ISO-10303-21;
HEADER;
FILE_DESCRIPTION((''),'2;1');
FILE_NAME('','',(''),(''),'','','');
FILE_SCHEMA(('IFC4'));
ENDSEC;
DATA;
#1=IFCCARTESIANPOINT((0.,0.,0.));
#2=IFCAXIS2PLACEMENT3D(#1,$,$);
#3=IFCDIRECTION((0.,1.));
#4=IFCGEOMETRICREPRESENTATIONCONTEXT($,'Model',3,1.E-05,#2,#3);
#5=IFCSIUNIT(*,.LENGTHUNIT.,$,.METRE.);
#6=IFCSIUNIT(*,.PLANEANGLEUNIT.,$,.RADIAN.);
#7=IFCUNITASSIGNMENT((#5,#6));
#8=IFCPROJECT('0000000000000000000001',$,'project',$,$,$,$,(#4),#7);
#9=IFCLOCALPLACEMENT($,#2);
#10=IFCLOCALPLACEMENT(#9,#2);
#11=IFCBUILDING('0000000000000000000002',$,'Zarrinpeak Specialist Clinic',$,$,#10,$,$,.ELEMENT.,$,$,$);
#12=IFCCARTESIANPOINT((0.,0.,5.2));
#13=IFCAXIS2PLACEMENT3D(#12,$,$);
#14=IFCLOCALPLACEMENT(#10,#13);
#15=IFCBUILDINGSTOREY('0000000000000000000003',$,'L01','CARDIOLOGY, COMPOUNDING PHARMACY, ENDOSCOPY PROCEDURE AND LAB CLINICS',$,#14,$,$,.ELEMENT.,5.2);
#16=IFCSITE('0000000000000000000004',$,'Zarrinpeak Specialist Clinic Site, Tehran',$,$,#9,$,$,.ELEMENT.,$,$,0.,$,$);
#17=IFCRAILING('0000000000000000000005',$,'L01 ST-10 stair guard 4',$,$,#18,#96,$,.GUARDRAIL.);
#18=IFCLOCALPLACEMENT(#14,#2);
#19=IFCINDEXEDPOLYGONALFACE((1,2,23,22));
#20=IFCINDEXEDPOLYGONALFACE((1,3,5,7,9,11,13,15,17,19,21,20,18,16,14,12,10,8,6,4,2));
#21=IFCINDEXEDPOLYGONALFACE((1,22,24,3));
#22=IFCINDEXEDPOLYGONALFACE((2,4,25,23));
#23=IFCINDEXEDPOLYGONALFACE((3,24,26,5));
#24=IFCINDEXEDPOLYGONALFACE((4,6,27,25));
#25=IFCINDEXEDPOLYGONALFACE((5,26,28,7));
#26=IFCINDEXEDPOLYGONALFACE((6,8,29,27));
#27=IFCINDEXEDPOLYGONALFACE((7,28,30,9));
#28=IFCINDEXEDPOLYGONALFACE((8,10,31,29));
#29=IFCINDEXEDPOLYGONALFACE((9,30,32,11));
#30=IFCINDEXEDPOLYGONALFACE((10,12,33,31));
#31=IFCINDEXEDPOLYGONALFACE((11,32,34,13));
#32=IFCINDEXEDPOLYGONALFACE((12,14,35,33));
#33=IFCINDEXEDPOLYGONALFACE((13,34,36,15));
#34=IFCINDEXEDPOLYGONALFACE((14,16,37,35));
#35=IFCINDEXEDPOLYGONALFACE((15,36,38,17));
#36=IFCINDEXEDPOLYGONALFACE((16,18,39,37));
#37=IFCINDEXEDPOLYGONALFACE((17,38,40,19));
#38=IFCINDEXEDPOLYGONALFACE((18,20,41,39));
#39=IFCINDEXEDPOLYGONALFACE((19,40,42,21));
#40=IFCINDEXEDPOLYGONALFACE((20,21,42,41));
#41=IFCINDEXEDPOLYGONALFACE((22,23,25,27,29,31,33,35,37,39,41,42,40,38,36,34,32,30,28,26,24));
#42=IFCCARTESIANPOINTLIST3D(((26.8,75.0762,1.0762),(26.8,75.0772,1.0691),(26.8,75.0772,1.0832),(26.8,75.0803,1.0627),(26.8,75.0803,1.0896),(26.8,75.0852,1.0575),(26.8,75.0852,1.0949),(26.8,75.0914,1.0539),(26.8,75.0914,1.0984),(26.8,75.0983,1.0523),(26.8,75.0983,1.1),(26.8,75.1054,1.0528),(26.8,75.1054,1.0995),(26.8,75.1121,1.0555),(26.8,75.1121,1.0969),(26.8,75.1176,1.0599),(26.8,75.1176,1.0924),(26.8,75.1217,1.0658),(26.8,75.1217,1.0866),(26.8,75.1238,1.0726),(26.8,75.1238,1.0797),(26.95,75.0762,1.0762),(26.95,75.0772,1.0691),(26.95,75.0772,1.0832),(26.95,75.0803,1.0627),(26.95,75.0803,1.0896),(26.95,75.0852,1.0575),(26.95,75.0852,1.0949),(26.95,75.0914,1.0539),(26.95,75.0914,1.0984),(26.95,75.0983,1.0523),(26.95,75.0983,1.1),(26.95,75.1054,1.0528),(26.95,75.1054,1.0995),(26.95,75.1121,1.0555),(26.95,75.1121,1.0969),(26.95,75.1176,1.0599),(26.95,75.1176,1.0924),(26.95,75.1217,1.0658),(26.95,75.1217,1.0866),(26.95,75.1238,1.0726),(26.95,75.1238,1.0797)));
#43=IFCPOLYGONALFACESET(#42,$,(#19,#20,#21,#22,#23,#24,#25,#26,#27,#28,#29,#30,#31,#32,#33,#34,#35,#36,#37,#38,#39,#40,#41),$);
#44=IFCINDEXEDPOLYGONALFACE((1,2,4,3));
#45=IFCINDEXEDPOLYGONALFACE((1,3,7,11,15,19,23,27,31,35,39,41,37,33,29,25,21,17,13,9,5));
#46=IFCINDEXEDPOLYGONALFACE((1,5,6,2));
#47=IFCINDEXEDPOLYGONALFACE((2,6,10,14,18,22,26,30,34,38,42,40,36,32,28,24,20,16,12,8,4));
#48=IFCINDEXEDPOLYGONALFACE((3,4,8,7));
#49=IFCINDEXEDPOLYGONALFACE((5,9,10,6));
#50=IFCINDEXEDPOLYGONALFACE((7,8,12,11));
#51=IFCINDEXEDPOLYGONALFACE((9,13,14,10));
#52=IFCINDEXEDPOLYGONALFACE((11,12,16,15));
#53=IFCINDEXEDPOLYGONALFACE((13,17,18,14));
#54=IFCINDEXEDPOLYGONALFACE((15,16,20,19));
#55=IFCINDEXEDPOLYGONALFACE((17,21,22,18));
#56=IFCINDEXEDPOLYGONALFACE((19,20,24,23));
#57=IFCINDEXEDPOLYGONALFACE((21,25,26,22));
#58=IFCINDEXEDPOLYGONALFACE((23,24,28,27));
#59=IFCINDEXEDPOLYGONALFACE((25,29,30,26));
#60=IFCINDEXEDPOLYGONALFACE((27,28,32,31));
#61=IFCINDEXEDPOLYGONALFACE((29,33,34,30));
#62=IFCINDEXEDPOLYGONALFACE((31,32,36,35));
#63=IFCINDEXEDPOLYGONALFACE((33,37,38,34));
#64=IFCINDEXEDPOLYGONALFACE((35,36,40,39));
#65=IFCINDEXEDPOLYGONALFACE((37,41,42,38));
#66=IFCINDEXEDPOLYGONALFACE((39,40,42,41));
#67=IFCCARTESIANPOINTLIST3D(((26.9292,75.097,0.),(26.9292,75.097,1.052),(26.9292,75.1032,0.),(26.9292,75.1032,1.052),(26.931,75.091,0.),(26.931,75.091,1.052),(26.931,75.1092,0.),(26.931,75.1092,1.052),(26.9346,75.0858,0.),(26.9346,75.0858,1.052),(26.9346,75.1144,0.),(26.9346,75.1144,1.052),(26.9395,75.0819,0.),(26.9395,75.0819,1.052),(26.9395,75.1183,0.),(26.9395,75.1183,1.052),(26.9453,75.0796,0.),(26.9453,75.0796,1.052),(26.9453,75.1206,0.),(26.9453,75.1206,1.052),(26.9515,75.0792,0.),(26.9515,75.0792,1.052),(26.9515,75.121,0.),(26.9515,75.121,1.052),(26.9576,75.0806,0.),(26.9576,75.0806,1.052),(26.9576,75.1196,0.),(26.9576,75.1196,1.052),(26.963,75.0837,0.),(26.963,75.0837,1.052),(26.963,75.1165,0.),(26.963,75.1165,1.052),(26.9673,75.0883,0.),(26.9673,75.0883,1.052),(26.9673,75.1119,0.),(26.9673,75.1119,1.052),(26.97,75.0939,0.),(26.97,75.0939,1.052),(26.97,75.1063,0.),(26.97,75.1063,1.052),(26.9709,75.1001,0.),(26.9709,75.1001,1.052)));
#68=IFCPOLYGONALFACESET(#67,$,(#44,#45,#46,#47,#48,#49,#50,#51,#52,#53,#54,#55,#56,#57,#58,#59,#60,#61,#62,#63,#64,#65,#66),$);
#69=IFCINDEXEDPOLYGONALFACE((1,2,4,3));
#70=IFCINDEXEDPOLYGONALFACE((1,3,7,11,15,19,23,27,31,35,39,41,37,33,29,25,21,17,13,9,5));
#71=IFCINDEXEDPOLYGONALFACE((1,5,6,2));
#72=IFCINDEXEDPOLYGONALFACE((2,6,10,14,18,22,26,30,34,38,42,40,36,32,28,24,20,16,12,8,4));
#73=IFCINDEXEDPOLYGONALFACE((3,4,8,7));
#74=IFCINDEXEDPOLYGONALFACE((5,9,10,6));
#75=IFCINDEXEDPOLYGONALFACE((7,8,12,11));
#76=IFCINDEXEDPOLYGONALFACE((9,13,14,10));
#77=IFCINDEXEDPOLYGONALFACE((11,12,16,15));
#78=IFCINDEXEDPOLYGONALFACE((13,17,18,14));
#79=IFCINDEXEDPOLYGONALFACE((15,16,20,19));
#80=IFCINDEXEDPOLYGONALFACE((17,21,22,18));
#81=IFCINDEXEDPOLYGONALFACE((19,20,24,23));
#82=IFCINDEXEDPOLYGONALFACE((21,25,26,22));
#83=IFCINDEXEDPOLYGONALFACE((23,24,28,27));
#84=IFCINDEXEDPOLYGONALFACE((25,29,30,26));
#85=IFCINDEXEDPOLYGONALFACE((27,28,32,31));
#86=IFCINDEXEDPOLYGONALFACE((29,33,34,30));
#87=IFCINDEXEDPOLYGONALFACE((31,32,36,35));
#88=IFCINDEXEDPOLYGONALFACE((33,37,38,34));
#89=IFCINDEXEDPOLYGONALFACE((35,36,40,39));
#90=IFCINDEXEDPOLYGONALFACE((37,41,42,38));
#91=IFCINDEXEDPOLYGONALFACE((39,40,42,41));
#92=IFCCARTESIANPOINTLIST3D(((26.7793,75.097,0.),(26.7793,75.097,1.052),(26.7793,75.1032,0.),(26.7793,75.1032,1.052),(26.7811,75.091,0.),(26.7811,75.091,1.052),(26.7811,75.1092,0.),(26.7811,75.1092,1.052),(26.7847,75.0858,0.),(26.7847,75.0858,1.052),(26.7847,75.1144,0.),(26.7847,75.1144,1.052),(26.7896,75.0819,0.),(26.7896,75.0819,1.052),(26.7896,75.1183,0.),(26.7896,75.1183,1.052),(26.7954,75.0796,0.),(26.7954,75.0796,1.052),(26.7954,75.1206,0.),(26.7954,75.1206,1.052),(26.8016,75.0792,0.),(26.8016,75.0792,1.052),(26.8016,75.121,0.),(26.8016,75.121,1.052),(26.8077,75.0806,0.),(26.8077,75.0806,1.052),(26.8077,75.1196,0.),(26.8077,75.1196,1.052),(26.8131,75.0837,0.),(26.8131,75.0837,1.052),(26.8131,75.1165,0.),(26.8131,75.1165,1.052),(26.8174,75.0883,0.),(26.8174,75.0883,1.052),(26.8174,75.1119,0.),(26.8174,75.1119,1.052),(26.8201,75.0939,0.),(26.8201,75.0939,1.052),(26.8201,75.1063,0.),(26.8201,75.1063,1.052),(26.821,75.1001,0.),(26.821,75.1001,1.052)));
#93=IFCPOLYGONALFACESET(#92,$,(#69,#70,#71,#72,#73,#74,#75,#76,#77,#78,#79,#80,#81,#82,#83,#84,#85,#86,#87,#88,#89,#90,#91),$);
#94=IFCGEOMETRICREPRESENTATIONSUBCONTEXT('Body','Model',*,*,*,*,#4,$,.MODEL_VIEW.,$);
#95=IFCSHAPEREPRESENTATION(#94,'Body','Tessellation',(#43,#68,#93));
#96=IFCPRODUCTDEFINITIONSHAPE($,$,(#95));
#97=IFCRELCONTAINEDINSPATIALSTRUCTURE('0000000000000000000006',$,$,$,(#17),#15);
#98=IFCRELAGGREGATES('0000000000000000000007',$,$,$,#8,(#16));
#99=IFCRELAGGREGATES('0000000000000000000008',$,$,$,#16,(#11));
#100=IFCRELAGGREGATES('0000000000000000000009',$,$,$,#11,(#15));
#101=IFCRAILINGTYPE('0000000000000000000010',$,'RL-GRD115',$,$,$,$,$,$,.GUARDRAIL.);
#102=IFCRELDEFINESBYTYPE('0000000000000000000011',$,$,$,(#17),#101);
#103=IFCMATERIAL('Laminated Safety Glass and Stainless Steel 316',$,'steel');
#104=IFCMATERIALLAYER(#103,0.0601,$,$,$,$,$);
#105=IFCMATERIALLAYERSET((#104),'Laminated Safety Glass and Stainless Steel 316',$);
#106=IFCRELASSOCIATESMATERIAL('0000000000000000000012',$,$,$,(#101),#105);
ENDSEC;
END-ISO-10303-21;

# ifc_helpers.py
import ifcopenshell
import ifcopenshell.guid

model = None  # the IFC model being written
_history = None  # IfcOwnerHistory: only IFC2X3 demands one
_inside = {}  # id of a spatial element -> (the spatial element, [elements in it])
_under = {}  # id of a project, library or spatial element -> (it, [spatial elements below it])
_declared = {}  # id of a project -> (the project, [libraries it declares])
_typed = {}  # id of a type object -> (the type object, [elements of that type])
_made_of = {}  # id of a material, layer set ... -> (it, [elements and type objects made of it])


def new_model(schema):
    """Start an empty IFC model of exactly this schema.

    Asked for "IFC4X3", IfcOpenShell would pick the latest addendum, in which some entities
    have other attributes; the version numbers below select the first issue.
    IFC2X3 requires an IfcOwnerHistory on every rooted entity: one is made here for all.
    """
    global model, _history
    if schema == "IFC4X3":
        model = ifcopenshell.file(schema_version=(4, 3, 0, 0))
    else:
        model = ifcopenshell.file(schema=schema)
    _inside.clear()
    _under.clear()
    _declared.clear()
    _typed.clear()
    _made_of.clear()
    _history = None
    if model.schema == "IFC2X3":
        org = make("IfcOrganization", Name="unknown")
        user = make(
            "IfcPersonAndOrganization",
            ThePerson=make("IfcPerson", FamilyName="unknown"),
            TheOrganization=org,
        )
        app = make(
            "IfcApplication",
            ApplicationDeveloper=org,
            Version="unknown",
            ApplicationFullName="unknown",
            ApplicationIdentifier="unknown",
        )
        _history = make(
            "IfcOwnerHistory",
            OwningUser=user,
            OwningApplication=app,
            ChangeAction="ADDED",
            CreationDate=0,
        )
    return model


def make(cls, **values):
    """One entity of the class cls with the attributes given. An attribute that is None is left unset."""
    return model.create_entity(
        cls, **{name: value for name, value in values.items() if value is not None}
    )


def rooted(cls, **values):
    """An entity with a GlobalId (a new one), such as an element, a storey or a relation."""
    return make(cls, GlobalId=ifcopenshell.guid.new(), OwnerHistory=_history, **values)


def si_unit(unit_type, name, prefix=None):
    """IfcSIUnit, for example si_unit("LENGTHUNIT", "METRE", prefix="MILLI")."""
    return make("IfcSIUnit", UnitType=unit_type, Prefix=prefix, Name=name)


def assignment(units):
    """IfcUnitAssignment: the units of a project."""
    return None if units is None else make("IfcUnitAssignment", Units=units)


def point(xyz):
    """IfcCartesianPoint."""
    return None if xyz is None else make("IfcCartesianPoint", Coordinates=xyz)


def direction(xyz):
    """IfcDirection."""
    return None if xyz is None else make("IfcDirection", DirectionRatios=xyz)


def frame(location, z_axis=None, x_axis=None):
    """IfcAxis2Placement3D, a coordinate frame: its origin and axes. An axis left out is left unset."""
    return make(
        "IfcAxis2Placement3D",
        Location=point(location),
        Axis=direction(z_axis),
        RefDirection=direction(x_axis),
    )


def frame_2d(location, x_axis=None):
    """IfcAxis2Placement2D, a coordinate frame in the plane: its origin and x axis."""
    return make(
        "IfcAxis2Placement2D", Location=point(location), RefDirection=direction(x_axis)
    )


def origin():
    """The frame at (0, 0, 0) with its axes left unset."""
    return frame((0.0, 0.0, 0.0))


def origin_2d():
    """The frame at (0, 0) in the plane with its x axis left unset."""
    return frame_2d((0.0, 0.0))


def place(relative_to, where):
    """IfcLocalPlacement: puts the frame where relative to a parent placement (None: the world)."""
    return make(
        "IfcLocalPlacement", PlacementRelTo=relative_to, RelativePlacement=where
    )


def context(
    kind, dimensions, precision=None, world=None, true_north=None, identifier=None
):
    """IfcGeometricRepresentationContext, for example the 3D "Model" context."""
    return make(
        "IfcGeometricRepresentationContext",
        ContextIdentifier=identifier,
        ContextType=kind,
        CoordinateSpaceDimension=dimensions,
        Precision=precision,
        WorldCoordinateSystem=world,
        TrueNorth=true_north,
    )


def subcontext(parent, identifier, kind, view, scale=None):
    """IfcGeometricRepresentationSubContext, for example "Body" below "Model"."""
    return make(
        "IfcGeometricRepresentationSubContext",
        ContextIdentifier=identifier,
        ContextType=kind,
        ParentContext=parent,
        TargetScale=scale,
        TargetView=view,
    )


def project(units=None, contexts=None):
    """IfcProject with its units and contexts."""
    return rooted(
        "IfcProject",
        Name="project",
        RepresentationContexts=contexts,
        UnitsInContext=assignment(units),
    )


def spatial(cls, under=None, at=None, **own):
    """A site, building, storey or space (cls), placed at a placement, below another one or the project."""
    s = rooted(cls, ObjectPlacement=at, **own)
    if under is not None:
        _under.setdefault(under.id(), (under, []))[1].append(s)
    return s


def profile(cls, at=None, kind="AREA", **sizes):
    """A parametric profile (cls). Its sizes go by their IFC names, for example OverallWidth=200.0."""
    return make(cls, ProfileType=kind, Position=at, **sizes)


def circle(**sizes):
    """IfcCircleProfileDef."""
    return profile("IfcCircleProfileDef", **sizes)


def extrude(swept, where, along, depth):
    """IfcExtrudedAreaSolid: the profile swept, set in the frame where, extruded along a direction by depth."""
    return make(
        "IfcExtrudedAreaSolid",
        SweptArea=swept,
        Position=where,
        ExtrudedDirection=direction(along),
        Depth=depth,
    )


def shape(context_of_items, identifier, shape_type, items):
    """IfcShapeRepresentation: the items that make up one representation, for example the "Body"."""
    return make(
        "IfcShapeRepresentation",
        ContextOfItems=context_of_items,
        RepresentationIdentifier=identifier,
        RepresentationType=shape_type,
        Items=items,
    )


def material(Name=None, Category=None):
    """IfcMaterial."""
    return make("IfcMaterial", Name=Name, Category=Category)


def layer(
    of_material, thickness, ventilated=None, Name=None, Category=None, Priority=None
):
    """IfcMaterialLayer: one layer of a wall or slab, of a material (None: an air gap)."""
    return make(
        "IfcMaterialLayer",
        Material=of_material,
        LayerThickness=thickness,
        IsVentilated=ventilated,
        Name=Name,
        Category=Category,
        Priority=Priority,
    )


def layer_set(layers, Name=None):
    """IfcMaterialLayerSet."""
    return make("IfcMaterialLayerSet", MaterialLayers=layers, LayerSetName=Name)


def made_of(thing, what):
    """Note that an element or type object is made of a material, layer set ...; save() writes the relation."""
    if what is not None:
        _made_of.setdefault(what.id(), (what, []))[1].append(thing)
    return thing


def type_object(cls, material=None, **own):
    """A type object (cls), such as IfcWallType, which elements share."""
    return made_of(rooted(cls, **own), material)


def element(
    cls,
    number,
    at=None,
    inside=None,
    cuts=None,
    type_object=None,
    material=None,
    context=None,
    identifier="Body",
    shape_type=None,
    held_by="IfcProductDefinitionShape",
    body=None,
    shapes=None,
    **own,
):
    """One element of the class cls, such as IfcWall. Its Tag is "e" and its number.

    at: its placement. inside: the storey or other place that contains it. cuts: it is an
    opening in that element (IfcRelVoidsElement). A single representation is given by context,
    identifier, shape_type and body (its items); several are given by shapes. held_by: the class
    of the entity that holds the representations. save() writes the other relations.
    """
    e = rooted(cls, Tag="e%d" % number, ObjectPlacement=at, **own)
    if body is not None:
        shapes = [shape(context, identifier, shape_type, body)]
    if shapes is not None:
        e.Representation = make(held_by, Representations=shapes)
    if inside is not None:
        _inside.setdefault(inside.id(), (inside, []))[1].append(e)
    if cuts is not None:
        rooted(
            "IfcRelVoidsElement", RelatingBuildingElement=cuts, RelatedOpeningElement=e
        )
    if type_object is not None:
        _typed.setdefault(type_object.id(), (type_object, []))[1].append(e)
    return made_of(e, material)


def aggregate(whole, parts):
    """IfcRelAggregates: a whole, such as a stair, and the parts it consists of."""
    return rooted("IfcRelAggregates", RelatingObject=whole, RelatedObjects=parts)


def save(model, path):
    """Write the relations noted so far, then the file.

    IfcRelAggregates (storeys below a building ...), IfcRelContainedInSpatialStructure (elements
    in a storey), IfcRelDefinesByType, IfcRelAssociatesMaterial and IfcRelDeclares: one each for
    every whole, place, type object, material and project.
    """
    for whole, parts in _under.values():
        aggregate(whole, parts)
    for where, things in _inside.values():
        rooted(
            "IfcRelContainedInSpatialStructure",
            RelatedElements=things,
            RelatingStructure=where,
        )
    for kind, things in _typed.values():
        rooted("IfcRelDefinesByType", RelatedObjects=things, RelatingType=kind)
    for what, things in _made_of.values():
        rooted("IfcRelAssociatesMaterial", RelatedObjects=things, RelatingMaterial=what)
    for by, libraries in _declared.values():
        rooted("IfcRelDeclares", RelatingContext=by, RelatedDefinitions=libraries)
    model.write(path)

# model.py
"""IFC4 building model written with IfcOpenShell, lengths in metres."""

from ifc_helpers import new_model, si_unit, direction, frame, origin, origin_2d, place, context, subcontext, project, spatial, circle, extrude, material, layer, layer_set, type_object, element, save


model = new_model("IFC4")

# Units and contexts
model_context = context("Model", 3, precision=1e-05, world=origin(), true_north=direction((0.0, 1.0)))
body_context = subcontext(model_context, "Body", "Model", "MODEL_VIEW")
ifc_project = project(units=[si_unit("LENGTHUNIT", "METRE"), si_unit("PLANEANGLEUNIT", "RADIAN")], contexts=[model_context])

# Site, building, storey
site_placement = place(None, origin())
site = spatial("IfcSite", under=ifc_project, at=site_placement, Name="Zarrinpeak Specialist Clinic Site, Tehran", CompositionType="ELEMENT", RefElevation=0.0)
building_placement = place(site_placement, origin())
building = spatial("IfcBuilding", under=site, at=building_placement, Name="Zarrinpeak Specialist Clinic", CompositionType="ELEMENT")
storey_placement = place(building_placement, frame((0.0, 0.0, 5.2)))
storey = spatial("IfcBuildingStorey", under=building, at=storey_placement, Name="L01", Description="CARDIOLOGY, COMPOUNDING PHARMACY, ENDOSCOPY PROCEDURE AND LAB CLINICS", CompositionType="ELEMENT", Elevation=5.2)

# Railing
ifc_material_1 = material(Name="Laminated Safety Glass and Stainless Steel 316", Category="steel")
ifc_layer_1 = layer(ifc_material_1, 0.0601)
ifc_layer_set_1 = layer_set([ifc_layer_1], Name="Laminated Safety Glass and Stainless Steel 316")
railing_type_1 = type_object("IfcRailingType", Name="RL-GRD115", PredefinedType="GUARDRAIL", material=ifc_layer_set_1)
railing_1_placement = place(storey_placement, frame((26.95, 75.1001, 0.0)))
element("IfcRailing", 1, at=railing_1_placement, inside=storey, type_object=railing_type_1, Name="L01 ST-10 stair guard 4", PredefinedType="GUARDRAIL", context=body_context, shape_type="SweptSolid", body=[
    extrude(circle(Radius=0.0239, at=origin_2d()), frame((0.0, 0.0, 1.0762), z_axis=(-1.0, 0.0, 0.0), x_axis=(0.0, -1.0, 0.0)), (0.0, 0.0, 1.0), 0.1499),
    extrude(circle(Radius=0.021, at=origin_2d()), origin(), (0.0, 0.0, 1.0), 1.052),
    extrude(circle(Radius=0.021, at=origin_2d()), frame((-0.1499, 0.0, 0.0)), (0.0, 0.0, 1.0), 1.052),
])

save(model, "model.ifc")
